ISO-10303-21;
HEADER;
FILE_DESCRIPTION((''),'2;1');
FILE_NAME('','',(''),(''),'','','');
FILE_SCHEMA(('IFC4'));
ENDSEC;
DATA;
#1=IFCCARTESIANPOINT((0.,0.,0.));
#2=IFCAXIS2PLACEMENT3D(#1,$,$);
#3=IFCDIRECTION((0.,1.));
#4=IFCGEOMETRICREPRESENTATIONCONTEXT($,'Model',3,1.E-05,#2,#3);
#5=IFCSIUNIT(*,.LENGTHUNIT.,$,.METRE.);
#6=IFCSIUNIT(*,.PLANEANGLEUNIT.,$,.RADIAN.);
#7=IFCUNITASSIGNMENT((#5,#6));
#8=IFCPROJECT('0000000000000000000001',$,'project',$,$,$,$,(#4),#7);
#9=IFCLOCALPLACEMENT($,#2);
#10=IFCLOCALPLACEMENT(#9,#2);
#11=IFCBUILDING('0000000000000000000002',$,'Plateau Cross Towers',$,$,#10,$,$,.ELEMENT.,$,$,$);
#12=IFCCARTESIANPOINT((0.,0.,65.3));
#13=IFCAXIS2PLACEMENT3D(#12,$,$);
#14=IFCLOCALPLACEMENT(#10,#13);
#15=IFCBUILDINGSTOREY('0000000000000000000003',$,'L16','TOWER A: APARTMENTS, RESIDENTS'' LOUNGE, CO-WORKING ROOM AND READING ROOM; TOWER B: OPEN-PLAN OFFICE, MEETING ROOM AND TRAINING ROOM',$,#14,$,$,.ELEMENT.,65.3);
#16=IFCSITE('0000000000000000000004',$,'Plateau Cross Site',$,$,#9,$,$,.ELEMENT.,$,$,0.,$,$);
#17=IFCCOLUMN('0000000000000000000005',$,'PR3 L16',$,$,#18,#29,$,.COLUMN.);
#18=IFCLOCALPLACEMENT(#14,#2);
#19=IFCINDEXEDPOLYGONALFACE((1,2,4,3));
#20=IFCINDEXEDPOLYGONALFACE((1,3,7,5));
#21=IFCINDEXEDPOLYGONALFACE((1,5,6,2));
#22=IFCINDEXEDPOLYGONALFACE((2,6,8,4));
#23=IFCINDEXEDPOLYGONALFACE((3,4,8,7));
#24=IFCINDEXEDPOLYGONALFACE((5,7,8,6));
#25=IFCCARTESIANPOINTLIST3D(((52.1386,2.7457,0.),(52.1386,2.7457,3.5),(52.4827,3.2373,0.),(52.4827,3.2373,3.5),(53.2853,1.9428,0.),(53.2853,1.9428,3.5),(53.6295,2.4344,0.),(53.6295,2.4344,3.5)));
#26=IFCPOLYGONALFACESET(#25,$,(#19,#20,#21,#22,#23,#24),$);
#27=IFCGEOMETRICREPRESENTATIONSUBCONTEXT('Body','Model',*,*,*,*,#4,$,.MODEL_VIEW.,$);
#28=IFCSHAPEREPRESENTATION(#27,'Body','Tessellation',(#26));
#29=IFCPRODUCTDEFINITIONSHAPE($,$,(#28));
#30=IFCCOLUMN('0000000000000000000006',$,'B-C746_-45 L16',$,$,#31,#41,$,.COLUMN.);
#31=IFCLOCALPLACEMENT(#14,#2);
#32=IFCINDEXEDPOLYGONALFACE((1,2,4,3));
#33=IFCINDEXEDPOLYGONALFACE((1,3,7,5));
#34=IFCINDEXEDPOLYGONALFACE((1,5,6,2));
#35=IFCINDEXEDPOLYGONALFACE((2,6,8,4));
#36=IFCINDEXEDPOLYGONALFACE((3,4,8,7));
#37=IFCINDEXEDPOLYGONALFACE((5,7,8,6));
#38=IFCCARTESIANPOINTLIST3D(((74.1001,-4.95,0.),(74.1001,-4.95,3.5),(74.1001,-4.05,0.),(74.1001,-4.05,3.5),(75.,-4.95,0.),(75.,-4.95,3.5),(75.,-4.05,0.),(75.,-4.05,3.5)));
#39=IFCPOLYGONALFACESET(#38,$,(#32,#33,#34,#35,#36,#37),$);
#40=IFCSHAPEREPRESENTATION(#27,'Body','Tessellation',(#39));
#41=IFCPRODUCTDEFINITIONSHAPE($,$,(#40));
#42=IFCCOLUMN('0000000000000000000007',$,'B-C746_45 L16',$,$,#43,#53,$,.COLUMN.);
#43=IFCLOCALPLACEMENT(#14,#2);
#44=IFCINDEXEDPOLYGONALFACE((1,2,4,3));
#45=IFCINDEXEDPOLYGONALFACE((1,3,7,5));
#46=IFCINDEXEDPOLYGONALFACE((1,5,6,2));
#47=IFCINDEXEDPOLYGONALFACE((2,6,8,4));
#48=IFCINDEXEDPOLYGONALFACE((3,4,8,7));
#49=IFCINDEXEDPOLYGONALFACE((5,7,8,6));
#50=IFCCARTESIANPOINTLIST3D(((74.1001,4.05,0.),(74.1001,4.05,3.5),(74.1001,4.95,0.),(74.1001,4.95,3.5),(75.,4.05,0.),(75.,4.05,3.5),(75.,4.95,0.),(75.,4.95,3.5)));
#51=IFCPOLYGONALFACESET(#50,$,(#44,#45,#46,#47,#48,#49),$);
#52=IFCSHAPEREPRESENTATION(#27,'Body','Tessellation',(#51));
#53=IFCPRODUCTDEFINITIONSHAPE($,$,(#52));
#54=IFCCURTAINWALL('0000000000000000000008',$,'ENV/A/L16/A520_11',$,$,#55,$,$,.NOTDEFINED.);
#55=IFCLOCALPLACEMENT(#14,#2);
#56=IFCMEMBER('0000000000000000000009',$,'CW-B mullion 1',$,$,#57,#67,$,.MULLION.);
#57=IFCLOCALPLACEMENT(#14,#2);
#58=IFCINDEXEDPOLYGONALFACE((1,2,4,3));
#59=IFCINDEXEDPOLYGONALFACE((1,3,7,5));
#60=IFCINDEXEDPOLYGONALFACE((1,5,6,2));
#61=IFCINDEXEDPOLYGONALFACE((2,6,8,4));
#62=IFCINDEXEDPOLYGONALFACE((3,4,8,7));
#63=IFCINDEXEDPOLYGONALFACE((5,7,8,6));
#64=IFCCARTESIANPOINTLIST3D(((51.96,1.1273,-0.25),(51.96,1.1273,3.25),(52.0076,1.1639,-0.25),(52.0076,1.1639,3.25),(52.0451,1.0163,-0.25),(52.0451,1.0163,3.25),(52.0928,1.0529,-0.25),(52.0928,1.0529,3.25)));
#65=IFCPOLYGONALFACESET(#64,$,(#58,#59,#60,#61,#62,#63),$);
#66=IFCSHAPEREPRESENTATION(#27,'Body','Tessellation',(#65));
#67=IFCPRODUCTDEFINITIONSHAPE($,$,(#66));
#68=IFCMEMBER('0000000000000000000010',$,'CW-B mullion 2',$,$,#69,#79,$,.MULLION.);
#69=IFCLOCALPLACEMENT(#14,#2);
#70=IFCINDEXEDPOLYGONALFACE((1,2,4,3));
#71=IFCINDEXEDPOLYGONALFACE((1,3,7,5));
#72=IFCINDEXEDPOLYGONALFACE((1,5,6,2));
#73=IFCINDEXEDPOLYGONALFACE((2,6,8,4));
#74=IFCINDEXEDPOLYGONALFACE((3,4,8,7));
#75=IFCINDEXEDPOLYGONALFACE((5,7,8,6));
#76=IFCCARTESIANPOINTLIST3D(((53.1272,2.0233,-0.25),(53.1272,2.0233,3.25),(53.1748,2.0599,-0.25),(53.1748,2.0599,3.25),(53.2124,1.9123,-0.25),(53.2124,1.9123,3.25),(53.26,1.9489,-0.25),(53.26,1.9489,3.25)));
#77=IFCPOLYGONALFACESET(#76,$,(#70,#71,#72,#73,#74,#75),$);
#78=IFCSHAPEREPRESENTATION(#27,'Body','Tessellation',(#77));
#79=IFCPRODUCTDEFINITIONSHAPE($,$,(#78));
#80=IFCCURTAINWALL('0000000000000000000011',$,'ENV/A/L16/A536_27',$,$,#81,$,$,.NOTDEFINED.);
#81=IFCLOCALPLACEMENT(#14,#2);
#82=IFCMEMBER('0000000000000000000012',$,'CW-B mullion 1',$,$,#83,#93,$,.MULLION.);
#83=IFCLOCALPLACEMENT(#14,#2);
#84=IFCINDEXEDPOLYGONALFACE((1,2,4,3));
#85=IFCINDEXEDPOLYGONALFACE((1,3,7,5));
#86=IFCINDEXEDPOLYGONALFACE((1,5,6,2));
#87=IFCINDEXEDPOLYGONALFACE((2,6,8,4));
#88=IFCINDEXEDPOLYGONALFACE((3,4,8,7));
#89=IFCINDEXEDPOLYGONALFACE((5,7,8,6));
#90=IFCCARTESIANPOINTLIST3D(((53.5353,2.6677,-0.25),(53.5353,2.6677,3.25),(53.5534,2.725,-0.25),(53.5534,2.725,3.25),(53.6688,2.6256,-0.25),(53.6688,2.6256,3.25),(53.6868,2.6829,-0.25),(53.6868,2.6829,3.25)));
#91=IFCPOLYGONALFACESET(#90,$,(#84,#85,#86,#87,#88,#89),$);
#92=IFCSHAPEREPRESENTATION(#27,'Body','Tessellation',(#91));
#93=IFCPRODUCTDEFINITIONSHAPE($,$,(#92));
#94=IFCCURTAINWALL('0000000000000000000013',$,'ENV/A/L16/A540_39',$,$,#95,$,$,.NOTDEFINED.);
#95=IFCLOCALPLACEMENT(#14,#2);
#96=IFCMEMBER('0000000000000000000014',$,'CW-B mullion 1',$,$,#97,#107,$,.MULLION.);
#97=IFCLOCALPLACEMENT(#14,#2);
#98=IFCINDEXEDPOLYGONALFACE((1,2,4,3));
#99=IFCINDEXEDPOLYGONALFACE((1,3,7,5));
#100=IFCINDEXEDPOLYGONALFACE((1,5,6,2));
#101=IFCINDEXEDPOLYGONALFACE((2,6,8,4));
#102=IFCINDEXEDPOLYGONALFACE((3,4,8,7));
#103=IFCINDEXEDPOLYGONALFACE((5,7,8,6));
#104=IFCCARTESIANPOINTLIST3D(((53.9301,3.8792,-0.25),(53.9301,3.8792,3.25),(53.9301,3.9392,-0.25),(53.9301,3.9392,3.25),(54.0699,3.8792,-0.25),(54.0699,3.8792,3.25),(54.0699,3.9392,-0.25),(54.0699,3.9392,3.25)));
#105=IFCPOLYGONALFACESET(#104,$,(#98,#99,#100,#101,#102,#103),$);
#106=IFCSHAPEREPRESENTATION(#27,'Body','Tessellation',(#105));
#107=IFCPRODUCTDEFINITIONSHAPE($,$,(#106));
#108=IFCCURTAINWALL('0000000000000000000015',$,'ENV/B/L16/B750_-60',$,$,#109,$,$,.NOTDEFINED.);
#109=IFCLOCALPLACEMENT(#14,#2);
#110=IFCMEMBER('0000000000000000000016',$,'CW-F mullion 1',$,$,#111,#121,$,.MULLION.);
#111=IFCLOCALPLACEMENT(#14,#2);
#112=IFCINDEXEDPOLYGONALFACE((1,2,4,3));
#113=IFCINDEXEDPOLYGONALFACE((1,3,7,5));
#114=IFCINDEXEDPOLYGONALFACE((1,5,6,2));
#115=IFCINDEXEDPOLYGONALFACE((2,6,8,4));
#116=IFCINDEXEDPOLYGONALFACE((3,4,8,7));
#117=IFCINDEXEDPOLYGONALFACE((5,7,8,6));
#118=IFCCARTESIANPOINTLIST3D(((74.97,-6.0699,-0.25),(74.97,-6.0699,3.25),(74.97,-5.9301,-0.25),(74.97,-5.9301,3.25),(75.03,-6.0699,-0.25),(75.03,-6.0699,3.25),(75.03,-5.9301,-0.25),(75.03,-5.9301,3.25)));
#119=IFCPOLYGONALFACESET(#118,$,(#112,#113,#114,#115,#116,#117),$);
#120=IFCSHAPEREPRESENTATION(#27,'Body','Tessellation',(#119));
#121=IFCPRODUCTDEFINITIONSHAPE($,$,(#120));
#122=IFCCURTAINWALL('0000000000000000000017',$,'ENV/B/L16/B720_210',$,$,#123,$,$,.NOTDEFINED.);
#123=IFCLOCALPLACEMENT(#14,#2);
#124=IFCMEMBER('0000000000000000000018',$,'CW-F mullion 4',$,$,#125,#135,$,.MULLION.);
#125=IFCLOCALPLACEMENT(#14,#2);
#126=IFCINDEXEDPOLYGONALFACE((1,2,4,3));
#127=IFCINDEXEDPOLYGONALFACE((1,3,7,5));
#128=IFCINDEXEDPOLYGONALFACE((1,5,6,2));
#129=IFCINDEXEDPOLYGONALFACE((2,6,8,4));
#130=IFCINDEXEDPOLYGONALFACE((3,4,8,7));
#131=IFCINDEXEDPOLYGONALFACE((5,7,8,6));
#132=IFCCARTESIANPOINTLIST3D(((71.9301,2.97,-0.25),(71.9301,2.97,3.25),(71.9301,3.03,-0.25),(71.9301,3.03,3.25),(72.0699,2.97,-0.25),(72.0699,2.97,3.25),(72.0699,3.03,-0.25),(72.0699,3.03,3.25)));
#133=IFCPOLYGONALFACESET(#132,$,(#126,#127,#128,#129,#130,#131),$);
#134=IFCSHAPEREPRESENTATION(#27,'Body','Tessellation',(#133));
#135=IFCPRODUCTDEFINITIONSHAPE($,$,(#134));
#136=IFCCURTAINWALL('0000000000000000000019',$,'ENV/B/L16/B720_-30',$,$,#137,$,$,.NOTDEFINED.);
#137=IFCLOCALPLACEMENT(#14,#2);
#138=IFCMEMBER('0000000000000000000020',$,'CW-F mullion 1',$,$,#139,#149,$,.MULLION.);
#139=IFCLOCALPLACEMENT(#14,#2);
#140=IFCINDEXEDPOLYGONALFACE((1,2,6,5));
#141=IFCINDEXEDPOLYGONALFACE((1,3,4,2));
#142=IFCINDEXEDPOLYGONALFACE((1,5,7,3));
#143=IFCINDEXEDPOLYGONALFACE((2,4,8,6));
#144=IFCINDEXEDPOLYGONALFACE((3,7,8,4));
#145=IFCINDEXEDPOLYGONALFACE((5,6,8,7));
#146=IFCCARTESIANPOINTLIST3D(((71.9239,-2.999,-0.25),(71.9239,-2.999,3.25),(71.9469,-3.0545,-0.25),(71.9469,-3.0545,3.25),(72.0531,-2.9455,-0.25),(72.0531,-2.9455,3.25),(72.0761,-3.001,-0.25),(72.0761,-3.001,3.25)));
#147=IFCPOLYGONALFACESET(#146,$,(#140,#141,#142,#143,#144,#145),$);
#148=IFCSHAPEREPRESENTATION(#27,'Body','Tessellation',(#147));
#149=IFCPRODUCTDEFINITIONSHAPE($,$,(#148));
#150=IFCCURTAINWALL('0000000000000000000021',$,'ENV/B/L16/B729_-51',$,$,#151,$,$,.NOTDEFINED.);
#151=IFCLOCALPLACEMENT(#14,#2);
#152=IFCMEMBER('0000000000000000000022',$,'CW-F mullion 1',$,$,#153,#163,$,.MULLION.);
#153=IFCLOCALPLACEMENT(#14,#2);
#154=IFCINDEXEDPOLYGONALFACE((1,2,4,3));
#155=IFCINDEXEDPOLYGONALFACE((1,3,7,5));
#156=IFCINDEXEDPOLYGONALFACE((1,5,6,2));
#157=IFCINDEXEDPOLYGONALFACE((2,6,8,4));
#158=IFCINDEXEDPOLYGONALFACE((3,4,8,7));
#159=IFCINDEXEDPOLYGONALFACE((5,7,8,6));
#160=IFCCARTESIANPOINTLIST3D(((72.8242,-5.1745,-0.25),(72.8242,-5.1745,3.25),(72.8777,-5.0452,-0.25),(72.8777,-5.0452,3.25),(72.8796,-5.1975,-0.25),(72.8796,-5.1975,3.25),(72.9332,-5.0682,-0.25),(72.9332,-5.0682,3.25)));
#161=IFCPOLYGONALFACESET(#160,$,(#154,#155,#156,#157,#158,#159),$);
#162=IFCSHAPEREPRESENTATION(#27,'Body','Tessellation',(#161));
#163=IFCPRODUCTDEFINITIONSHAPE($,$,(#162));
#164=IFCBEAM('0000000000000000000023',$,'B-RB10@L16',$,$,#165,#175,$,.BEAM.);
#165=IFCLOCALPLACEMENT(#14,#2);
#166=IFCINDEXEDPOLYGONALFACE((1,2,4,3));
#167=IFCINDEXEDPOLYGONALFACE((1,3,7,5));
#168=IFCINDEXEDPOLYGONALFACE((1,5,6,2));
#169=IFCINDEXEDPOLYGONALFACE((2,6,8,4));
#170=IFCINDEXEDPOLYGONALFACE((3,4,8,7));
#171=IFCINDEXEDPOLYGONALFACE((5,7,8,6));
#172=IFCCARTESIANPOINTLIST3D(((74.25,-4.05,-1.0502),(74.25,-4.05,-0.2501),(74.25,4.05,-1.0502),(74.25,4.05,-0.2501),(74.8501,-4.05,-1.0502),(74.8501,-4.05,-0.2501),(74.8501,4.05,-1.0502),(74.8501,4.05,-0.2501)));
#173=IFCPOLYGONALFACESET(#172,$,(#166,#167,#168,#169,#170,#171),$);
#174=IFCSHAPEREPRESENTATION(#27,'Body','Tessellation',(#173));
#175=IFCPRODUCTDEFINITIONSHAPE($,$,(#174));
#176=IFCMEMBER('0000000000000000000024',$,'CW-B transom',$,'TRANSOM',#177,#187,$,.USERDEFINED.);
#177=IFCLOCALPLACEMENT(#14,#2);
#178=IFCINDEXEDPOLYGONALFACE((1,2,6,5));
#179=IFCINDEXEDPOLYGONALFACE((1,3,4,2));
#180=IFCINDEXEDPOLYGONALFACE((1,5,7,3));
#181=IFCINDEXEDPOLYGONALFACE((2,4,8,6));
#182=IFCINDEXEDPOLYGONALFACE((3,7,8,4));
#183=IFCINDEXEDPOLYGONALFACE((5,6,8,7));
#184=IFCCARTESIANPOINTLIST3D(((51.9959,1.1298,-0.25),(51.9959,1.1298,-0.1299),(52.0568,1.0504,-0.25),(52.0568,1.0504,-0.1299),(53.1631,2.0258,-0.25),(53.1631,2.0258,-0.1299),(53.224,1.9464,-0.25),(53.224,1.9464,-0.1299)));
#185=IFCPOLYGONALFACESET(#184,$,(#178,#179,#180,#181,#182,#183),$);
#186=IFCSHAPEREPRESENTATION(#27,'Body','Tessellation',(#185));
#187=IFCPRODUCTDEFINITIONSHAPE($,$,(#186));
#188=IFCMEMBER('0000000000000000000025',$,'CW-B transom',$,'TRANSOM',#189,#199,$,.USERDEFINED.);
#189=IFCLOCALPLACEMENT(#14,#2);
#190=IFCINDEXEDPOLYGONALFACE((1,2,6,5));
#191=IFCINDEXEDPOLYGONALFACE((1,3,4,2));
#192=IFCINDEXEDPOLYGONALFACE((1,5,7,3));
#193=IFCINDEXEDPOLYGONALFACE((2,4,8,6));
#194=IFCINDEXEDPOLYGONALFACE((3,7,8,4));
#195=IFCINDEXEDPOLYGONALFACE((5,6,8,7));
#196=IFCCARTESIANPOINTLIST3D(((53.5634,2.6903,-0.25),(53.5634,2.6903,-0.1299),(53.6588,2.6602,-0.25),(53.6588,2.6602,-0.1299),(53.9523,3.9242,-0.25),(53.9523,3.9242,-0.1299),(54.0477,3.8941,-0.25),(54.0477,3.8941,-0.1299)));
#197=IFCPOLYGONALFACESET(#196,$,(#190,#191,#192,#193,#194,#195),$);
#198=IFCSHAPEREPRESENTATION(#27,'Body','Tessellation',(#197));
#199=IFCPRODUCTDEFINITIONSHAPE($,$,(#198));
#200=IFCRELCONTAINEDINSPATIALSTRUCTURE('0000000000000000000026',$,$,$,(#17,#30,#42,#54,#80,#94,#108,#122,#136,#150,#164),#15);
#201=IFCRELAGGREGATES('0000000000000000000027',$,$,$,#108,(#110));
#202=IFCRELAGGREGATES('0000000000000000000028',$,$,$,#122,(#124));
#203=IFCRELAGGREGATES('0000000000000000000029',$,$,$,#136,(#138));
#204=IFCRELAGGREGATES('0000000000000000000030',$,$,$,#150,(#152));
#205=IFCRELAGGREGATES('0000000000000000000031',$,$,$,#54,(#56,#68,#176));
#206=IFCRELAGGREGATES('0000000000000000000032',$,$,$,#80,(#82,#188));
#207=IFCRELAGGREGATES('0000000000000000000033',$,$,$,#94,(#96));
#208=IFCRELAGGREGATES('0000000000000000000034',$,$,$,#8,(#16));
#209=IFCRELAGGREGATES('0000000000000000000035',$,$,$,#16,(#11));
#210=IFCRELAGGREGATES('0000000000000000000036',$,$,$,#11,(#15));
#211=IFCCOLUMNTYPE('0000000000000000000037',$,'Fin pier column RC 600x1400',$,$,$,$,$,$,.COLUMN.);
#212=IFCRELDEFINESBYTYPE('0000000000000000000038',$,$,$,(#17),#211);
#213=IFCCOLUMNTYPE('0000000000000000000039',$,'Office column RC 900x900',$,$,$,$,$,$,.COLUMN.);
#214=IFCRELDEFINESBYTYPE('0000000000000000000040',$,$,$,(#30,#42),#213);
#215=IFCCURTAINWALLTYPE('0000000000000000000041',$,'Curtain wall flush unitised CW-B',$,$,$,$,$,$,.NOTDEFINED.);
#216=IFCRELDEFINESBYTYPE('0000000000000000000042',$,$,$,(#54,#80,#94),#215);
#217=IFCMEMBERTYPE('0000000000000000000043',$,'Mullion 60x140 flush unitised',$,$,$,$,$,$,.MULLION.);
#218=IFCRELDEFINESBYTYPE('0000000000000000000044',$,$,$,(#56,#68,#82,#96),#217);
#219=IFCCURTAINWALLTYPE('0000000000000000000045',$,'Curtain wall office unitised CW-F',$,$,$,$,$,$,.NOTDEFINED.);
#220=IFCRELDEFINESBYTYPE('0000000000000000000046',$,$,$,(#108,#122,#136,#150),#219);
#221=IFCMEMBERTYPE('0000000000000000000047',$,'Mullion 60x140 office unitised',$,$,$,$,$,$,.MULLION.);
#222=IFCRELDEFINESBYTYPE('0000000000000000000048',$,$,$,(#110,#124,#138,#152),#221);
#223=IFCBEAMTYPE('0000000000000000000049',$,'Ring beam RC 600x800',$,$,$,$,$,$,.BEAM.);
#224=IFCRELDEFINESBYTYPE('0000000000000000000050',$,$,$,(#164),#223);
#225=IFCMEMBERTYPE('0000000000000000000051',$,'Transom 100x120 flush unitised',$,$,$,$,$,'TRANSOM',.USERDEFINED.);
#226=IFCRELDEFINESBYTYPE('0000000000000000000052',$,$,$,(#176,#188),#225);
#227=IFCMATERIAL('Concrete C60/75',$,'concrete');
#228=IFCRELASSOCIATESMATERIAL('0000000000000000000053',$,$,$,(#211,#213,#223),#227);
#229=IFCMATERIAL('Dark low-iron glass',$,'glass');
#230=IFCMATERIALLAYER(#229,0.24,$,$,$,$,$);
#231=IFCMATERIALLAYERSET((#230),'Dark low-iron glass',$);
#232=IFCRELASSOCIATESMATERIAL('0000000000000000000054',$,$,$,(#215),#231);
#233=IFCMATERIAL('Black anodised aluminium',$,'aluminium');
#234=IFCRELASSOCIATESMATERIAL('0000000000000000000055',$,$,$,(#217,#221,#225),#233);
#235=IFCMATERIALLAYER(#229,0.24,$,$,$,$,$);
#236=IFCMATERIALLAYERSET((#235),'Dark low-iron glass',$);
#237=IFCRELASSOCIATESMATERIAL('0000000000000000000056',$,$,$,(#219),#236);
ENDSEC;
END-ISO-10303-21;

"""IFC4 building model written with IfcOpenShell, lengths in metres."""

from ifc_helpers import new_model, si_unit, direction, frame, origin, origin_2d, place, context, subcontext, project, spatial, rectangle, extrude, material, layer, layer_set, material_profile, profile_set, type_object, element, aggregate, save


model = new_model("IFC4")

# Units and contexts
model_context = context("Model", 3, precision=1e-05, world=origin(), true_north=direction((0.0, 1.0)))
body_context = subcontext(model_context, "Body", "Model", "MODEL_VIEW")
ifc_project = project(units=[si_unit("LENGTHUNIT", "METRE"), si_unit("PLANEANGLEUNIT", "RADIAN")], contexts=[model_context])

# Site, building, storey
site_placement = place(None, origin())
site = spatial("IfcSite", under=ifc_project, at=site_placement, Name="Plateau Cross Site", CompositionType="ELEMENT", RefElevation=0.0)
building_placement = place(site_placement, origin())
building = spatial("IfcBuilding", under=site, at=building_placement, Name="Plateau Cross Towers", CompositionType="ELEMENT")
storey_placement = place(building_placement, frame((0.0, 0.0, 65.3)))
storey = spatial("IfcBuildingStorey", under=building, at=storey_placement, Name="L16", Description="TOWER A: APARTMENTS, RESIDENTS' LOUNGE, CO-WORKING ROOM AND READING ROOM; TOWER B: OPEN-PLAN OFFICE, MEETING ROOM AND TRAINING ROOM", CompositionType="ELEMENT", Elevation=65.3)

# Columns
ifc_material_1 = material(Name="Concrete C60/75", Category="concrete")
ifc_material_profile_1 = material_profile(ifc_material_1, rectangle(XDim=0.6001, YDim=1.3999, at=origin_2d()), Name="RC 600x1400")
ifc_profile_set_1 = profile_set([ifc_material_profile_1], Name="Concrete C60/75")
column_type_1 = type_object("IfcColumnType", Name="Fin pier column RC 600x1400", PredefinedType="COLUMN", material=ifc_profile_set_1)
column_placement = place(storey_placement, frame((52.884, 2.5901, 0.0), z_axis=(0.0, 0.0, 1.0), x_axis=(0.573543, 0.819176, 0.0)))
element("IfcColumn", 1, at=column_placement, inside=storey, type_object=column_type_1, Name="PR3 L16", PredefinedType="COLUMN", context=body_context, shape_type="SweptSolid", body=[
    extrude(rectangle(XDim=0.6001, YDim=1.3999, at=origin_2d()), origin(), (0.0, 0.0, 1.0), 3.5),
])
ifc_material_profile_2 = material_profile(ifc_material_1, rectangle(XDim=0.8999, YDim=0.8999, at=origin_2d()), Name="RC 900x900")
ifc_profile_set_2 = profile_set([ifc_material_profile_2], Name="Concrete C60/75")
column_type_2 = type_object("IfcColumnType", Name="Office column RC 900x900", PredefinedType="COLUMN", material=ifc_profile_set_2)
for number, where, z_axis, x_axis, name in (
    (2, (74.55, -4.5, 0.0), (0.0, 0.0, 1.0), (1.0, 0.0, 0.0), "B-C746_-45 L16"),
    (3, (74.55, 4.5, 0.0), (0.0, 0.0, 1.0), (1.0, 0.0, 0.0), "B-C746_45 L16"),
):
    element("IfcColumn", number, at=place(storey_placement, frame(where, z_axis=z_axis, x_axis=x_axis)), inside=storey, type_object=column_type_2, Name=name, PredefinedType="COLUMN", context=body_context, shape_type="SweptSolid", body=[
        extrude(rectangle(XDim=0.8999, YDim=0.8999, at=origin_2d()), origin(), (0.0, 0.0, 1.0), 3.5),
    ])

# Curtain wall, members
ifc_material_2 = material(Name="Dark low-iron glass", Category="glass")
ifc_layer_1 = layer(ifc_material_2, 0.24)
ifc_layer_set_1 = layer_set([ifc_layer_1], Name="Dark low-iron glass")
curtain_wall_type_1 = type_object("IfcCurtainWallType", Name="Curtain wall flush unitised CW-B", PredefinedType="NOTDEFINED", material=ifc_layer_set_1)
curtain_wall_1_placement = place(storey_placement, origin())
curtain_wall_1 = element("IfcCurtainWall", 4, at=curtain_wall_1_placement, inside=storey, type_object=curtain_wall_type_1, Name="ENV/A/L16/A520_11", PredefinedType="NOTDEFINED")
ifc_material_3 = material(Name="Black anodised aluminium", Category="aluminium")
ifc_material_profile_3 = material_profile(ifc_material_3, rectangle(XDim=0.0601, YDim=0.1399, at=origin_2d()), Name="MULLION 60x140")
ifc_profile_set_3 = profile_set([ifc_material_profile_3], Name="Black anodised aluminium")
member_type_1 = type_object("IfcMemberType", Name="Mullion 60x140 flush unitised", PredefinedType="MULLION", material=ifc_profile_set_3)
member_1_placement = place(storey_placement, frame((52.0264, 1.0901, -0.25), z_axis=(0.0, 0.0, 1.0), x_axis=(0.793316, 0.608811, 0.0)))
member_1 = element("IfcMember", 5, at=member_1_placement, type_object=member_type_1, Name="CW-B mullion 1", PredefinedType="MULLION", context=body_context, shape_type="SweptSolid", body=[
    extrude(rectangle(XDim=0.0601, YDim=0.1399, at=origin_2d()), origin(), (0.0, 0.0, 1.0), 3.5),
])
member_2_placement = place(storey_placement, frame((53.1936, 1.9861, -0.25), z_axis=(0.0, 0.0, 1.0), x_axis=(0.793316, 0.608811, 0.0)))
member_2 = element("IfcMember", 6, at=member_2_placement, type_object=member_type_1, Name="CW-B mullion 2", PredefinedType="MULLION", context=body_context, shape_type="SweptSolid", body=[
    extrude(rectangle(XDim=0.0601, YDim=0.1399, at=origin_2d()), origin(), (0.0, 0.0, 1.0), 3.5),
])

# Curtain walls, members
curtain_wall_2_placement = place(storey_placement, origin())
curtain_wall_2 = element("IfcCurtainWall", 7, at=curtain_wall_2_placement, inside=storey, type_object=curtain_wall_type_1, Name="ENV/A/L16/A536_27", PredefinedType="NOTDEFINED")
member_3_placement = place(storey_placement, frame((53.6111, 2.6753, -0.25), z_axis=(0.0, 0.0, 1.0), x_axis=(0.300686, 0.953723, 0.0)))
member_3 = element("IfcMember", 8, at=member_3_placement, type_object=member_type_1, Name="CW-B mullion 1", PredefinedType="MULLION", context=body_context, shape_type="SweptSolid", body=[
    extrude(rectangle(XDim=0.0601, YDim=0.1399, at=origin_2d()), origin(), (0.0, 0.0, 1.0), 3.5),
])
curtain_wall_3_placement = place(storey_placement, origin())
curtain_wall_3 = element("IfcCurtainWall", 9, at=curtain_wall_3_placement, inside=storey, type_object=curtain_wall_type_1, Name="ENV/A/L16/A540_39", PredefinedType="NOTDEFINED")
member_4_placement = place(storey_placement, frame((54.0, 3.9092, -0.25), z_axis=(0.0, 0.0, 1.0), x_axis=(0.0, 1.0, 0.0)))
member_4 = element("IfcMember", 10, at=member_4_placement, type_object=member_type_1, Name="CW-B mullion 1", PredefinedType="MULLION", context=body_context, shape_type="SweptSolid", body=[
    extrude(rectangle(XDim=0.0601, YDim=0.1399, at=origin_2d()), origin(), (0.0, 0.0, 1.0), 3.5),
])
ifc_layer_2 = layer(ifc_material_2, 0.24)
ifc_layer_set_2 = layer_set([ifc_layer_2], Name="Dark low-iron glass")
curtain_wall_type_2 = type_object("IfcCurtainWallType", Name="Curtain wall office unitised CW-F", PredefinedType="NOTDEFINED", material=ifc_layer_set_2)
curtain_wall_4_placement = place(storey_placement, origin())
curtain_wall_4 = element("IfcCurtainWall", 11, at=curtain_wall_4_placement, inside=storey, type_object=curtain_wall_type_2, Name="ENV/B/L16/B750_-60", PredefinedType="NOTDEFINED")
ifc_material_profile_4 = material_profile(ifc_material_3, rectangle(XDim=0.0601, YDim=0.1399, at=origin_2d()), Name="MULLION 60x140")
ifc_profile_set_4 = profile_set([ifc_material_profile_4], Name="Black anodised aluminium")
member_type_2 = type_object("IfcMemberType", Name="Mullion 60x140 office unitised", PredefinedType="MULLION", material=ifc_profile_set_4)
member_5_placement = place(storey_placement, frame((75.0, -6.0, -0.25), z_axis=(0.0, 0.0, 1.0), x_axis=(1.0, 0.0, 0.0)))
member_5 = element("IfcMember", 12, at=member_5_placement, type_object=member_type_2, Name="CW-F mullion 1", PredefinedType="MULLION", context=body_context, shape_type="SweptSolid", body=[
    extrude(rectangle(XDim=0.0601, YDim=0.1399, at=origin_2d()), origin(), (0.0, 0.0, 1.0), 3.5),
])
curtain_wall_5_placement = place(storey_placement, origin())
curtain_wall_5 = element("IfcCurtainWall", 13, at=curtain_wall_5_placement, inside=storey, type_object=curtain_wall_type_2, Name="ENV/B/L16/B720_210", PredefinedType="NOTDEFINED")
member_6_placement = place(storey_placement, frame((72.0, 3.0, -0.25), z_axis=(0.0, 0.0, 1.0), x_axis=(0.0, -1.0, 0.0)))
member_6 = element("IfcMember", 14, at=member_6_placement, type_object=member_type_2, Name="CW-F mullion 4", PredefinedType="MULLION", context=body_context, shape_type="SweptSolid", body=[
    extrude(rectangle(XDim=0.0601, YDim=0.1399, at=origin_2d()), origin(), (0.0, 0.0, 1.0), 3.5),
])
curtain_wall_6_placement = place(storey_placement, origin())
curtain_wall_6 = element("IfcCurtainWall", 15, at=curtain_wall_6_placement, inside=storey, type_object=curtain_wall_type_2, Name="ENV/B/L16/B720_-30", PredefinedType="NOTDEFINED")
member_7_placement = place(storey_placement, frame((72.0, -3.0, -0.25), z_axis=(0.0, 0.0, 1.0), x_axis=(0.382684, -0.923879, 0.0)))
member_7 = element("IfcMember", 16, at=member_7_placement, type_object=member_type_2, Name="CW-F mullion 1", PredefinedType="MULLION", context=body_context, shape_type="SweptSolid", body=[
    extrude(rectangle(XDim=0.0601, YDim=0.1399, at=origin_2d()), origin(), (0.0, 0.0, 1.0), 3.5),
])
curtain_wall_7_placement = place(storey_placement, origin())
curtain_wall_7 = element("IfcCurtainWall", 17, at=curtain_wall_7_placement, inside=storey, type_object=curtain_wall_type_2, Name="ENV/B/L16/B729_-51", PredefinedType="NOTDEFINED")
member_8_placement = place(storey_placement, frame((72.8787, -5.1213, -0.25), z_axis=(0.0, 0.0, 1.0), x_axis=(0.923879, -0.382684, 0.0)))
member_8 = element("IfcMember", 18, at=member_8_placement, type_object=member_type_2, Name="CW-F mullion 1", PredefinedType="MULLION", context=body_context, shape_type="SweptSolid", body=[
    extrude(rectangle(XDim=0.0601, YDim=0.1399, at=origin_2d()), origin(), (0.0, 0.0, 1.0), 3.5),
])

# Beam
ifc_material_profile_5 = material_profile(ifc_material_1, rectangle(XDim=0.6001, YDim=0.8, at=origin_2d()), Name="RC 600x800")
ifc_profile_set_5 = profile_set([ifc_material_profile_5], Name="Concrete C60/75")
beam_type = type_object("IfcBeamType", Name="Ring beam RC 600x800", PredefinedType="BEAM", material=ifc_profile_set_5)
beam_placement = place(storey_placement, frame((74.55, 4.05, -0.6501), z_axis=(0.0, -1.0, 0.0), x_axis=(1.0, 0.0, 0.0)))
element("IfcBeam", 19, at=beam_placement, inside=storey, type_object=beam_type, Name="B-RB10@L16", PredefinedType="BEAM", context=body_context, shape_type="SweptSolid", body=[
    extrude(rectangle(XDim=0.6001, YDim=0.8, at=origin_2d()), origin(), (0.0, 0.0, 1.0), 8.1001),
])

# Members
ifc_material_profile_6 = material_profile(ifc_material_3, rectangle(XDim=0.1001, YDim=0.1201, at=origin_2d()), Name="TRANSOM 100x120")
ifc_profile_set_6 = profile_set([ifc_material_profile_6], Name="Black anodised aluminium")
member_type_3 = type_object("IfcMemberType", Name="Transom 100x120 flush unitised", ElementType="TRANSOM", PredefinedType="USERDEFINED", material=ifc_profile_set_6)
member_9_placement = place(storey_placement, frame((52.0264, 1.0901, -0.1899), z_axis=(0.79324, 0.608909, 0.0), x_axis=(-0.608909, 0.79324, 0.0)))
member_9 = element("IfcMember", 20, at=member_9_placement, type_object=member_type_3, Name="CW-B transom", ObjectType="TRANSOM", PredefinedType="USERDEFINED", context=body_context, shape_type="SweptSolid", body=[
    extrude(rectangle(XDim=0.1001, YDim=0.1201, at=origin_2d()), origin(), (0.0, 0.0, 1.0), 1.4714),
])
member_10_placement = place(storey_placement, frame((53.6111, 2.6753, -0.1899), z_axis=(0.300617, 0.953745, 0.0), x_axis=(-0.953745, 0.300617, 0.0)))
member_10 = element("IfcMember", 21, at=member_10_placement, type_object=member_type_3, Name="CW-B transom", ObjectType="TRANSOM", PredefinedType="USERDEFINED", context=body_context, shape_type="SweptSolid", body=[
    extrude(rectangle(XDim=0.1001, YDim=0.1201, at=origin_2d()), origin(), (0.0, 0.0, 1.0), 1.2937),
])
aggregate(curtain_wall_4, [member_5])

aggregate(curtain_wall_5, [member_6])
aggregate(curtain_wall_6, [member_7])
aggregate(curtain_wall_7, [member_8])
aggregate(curtain_wall_1, [member_1, member_2, member_9])
aggregate(curtain_wall_2, [member_3, member_10])
aggregate(curtain_wall_3, [member_4])

save(model, "model.ifc")
